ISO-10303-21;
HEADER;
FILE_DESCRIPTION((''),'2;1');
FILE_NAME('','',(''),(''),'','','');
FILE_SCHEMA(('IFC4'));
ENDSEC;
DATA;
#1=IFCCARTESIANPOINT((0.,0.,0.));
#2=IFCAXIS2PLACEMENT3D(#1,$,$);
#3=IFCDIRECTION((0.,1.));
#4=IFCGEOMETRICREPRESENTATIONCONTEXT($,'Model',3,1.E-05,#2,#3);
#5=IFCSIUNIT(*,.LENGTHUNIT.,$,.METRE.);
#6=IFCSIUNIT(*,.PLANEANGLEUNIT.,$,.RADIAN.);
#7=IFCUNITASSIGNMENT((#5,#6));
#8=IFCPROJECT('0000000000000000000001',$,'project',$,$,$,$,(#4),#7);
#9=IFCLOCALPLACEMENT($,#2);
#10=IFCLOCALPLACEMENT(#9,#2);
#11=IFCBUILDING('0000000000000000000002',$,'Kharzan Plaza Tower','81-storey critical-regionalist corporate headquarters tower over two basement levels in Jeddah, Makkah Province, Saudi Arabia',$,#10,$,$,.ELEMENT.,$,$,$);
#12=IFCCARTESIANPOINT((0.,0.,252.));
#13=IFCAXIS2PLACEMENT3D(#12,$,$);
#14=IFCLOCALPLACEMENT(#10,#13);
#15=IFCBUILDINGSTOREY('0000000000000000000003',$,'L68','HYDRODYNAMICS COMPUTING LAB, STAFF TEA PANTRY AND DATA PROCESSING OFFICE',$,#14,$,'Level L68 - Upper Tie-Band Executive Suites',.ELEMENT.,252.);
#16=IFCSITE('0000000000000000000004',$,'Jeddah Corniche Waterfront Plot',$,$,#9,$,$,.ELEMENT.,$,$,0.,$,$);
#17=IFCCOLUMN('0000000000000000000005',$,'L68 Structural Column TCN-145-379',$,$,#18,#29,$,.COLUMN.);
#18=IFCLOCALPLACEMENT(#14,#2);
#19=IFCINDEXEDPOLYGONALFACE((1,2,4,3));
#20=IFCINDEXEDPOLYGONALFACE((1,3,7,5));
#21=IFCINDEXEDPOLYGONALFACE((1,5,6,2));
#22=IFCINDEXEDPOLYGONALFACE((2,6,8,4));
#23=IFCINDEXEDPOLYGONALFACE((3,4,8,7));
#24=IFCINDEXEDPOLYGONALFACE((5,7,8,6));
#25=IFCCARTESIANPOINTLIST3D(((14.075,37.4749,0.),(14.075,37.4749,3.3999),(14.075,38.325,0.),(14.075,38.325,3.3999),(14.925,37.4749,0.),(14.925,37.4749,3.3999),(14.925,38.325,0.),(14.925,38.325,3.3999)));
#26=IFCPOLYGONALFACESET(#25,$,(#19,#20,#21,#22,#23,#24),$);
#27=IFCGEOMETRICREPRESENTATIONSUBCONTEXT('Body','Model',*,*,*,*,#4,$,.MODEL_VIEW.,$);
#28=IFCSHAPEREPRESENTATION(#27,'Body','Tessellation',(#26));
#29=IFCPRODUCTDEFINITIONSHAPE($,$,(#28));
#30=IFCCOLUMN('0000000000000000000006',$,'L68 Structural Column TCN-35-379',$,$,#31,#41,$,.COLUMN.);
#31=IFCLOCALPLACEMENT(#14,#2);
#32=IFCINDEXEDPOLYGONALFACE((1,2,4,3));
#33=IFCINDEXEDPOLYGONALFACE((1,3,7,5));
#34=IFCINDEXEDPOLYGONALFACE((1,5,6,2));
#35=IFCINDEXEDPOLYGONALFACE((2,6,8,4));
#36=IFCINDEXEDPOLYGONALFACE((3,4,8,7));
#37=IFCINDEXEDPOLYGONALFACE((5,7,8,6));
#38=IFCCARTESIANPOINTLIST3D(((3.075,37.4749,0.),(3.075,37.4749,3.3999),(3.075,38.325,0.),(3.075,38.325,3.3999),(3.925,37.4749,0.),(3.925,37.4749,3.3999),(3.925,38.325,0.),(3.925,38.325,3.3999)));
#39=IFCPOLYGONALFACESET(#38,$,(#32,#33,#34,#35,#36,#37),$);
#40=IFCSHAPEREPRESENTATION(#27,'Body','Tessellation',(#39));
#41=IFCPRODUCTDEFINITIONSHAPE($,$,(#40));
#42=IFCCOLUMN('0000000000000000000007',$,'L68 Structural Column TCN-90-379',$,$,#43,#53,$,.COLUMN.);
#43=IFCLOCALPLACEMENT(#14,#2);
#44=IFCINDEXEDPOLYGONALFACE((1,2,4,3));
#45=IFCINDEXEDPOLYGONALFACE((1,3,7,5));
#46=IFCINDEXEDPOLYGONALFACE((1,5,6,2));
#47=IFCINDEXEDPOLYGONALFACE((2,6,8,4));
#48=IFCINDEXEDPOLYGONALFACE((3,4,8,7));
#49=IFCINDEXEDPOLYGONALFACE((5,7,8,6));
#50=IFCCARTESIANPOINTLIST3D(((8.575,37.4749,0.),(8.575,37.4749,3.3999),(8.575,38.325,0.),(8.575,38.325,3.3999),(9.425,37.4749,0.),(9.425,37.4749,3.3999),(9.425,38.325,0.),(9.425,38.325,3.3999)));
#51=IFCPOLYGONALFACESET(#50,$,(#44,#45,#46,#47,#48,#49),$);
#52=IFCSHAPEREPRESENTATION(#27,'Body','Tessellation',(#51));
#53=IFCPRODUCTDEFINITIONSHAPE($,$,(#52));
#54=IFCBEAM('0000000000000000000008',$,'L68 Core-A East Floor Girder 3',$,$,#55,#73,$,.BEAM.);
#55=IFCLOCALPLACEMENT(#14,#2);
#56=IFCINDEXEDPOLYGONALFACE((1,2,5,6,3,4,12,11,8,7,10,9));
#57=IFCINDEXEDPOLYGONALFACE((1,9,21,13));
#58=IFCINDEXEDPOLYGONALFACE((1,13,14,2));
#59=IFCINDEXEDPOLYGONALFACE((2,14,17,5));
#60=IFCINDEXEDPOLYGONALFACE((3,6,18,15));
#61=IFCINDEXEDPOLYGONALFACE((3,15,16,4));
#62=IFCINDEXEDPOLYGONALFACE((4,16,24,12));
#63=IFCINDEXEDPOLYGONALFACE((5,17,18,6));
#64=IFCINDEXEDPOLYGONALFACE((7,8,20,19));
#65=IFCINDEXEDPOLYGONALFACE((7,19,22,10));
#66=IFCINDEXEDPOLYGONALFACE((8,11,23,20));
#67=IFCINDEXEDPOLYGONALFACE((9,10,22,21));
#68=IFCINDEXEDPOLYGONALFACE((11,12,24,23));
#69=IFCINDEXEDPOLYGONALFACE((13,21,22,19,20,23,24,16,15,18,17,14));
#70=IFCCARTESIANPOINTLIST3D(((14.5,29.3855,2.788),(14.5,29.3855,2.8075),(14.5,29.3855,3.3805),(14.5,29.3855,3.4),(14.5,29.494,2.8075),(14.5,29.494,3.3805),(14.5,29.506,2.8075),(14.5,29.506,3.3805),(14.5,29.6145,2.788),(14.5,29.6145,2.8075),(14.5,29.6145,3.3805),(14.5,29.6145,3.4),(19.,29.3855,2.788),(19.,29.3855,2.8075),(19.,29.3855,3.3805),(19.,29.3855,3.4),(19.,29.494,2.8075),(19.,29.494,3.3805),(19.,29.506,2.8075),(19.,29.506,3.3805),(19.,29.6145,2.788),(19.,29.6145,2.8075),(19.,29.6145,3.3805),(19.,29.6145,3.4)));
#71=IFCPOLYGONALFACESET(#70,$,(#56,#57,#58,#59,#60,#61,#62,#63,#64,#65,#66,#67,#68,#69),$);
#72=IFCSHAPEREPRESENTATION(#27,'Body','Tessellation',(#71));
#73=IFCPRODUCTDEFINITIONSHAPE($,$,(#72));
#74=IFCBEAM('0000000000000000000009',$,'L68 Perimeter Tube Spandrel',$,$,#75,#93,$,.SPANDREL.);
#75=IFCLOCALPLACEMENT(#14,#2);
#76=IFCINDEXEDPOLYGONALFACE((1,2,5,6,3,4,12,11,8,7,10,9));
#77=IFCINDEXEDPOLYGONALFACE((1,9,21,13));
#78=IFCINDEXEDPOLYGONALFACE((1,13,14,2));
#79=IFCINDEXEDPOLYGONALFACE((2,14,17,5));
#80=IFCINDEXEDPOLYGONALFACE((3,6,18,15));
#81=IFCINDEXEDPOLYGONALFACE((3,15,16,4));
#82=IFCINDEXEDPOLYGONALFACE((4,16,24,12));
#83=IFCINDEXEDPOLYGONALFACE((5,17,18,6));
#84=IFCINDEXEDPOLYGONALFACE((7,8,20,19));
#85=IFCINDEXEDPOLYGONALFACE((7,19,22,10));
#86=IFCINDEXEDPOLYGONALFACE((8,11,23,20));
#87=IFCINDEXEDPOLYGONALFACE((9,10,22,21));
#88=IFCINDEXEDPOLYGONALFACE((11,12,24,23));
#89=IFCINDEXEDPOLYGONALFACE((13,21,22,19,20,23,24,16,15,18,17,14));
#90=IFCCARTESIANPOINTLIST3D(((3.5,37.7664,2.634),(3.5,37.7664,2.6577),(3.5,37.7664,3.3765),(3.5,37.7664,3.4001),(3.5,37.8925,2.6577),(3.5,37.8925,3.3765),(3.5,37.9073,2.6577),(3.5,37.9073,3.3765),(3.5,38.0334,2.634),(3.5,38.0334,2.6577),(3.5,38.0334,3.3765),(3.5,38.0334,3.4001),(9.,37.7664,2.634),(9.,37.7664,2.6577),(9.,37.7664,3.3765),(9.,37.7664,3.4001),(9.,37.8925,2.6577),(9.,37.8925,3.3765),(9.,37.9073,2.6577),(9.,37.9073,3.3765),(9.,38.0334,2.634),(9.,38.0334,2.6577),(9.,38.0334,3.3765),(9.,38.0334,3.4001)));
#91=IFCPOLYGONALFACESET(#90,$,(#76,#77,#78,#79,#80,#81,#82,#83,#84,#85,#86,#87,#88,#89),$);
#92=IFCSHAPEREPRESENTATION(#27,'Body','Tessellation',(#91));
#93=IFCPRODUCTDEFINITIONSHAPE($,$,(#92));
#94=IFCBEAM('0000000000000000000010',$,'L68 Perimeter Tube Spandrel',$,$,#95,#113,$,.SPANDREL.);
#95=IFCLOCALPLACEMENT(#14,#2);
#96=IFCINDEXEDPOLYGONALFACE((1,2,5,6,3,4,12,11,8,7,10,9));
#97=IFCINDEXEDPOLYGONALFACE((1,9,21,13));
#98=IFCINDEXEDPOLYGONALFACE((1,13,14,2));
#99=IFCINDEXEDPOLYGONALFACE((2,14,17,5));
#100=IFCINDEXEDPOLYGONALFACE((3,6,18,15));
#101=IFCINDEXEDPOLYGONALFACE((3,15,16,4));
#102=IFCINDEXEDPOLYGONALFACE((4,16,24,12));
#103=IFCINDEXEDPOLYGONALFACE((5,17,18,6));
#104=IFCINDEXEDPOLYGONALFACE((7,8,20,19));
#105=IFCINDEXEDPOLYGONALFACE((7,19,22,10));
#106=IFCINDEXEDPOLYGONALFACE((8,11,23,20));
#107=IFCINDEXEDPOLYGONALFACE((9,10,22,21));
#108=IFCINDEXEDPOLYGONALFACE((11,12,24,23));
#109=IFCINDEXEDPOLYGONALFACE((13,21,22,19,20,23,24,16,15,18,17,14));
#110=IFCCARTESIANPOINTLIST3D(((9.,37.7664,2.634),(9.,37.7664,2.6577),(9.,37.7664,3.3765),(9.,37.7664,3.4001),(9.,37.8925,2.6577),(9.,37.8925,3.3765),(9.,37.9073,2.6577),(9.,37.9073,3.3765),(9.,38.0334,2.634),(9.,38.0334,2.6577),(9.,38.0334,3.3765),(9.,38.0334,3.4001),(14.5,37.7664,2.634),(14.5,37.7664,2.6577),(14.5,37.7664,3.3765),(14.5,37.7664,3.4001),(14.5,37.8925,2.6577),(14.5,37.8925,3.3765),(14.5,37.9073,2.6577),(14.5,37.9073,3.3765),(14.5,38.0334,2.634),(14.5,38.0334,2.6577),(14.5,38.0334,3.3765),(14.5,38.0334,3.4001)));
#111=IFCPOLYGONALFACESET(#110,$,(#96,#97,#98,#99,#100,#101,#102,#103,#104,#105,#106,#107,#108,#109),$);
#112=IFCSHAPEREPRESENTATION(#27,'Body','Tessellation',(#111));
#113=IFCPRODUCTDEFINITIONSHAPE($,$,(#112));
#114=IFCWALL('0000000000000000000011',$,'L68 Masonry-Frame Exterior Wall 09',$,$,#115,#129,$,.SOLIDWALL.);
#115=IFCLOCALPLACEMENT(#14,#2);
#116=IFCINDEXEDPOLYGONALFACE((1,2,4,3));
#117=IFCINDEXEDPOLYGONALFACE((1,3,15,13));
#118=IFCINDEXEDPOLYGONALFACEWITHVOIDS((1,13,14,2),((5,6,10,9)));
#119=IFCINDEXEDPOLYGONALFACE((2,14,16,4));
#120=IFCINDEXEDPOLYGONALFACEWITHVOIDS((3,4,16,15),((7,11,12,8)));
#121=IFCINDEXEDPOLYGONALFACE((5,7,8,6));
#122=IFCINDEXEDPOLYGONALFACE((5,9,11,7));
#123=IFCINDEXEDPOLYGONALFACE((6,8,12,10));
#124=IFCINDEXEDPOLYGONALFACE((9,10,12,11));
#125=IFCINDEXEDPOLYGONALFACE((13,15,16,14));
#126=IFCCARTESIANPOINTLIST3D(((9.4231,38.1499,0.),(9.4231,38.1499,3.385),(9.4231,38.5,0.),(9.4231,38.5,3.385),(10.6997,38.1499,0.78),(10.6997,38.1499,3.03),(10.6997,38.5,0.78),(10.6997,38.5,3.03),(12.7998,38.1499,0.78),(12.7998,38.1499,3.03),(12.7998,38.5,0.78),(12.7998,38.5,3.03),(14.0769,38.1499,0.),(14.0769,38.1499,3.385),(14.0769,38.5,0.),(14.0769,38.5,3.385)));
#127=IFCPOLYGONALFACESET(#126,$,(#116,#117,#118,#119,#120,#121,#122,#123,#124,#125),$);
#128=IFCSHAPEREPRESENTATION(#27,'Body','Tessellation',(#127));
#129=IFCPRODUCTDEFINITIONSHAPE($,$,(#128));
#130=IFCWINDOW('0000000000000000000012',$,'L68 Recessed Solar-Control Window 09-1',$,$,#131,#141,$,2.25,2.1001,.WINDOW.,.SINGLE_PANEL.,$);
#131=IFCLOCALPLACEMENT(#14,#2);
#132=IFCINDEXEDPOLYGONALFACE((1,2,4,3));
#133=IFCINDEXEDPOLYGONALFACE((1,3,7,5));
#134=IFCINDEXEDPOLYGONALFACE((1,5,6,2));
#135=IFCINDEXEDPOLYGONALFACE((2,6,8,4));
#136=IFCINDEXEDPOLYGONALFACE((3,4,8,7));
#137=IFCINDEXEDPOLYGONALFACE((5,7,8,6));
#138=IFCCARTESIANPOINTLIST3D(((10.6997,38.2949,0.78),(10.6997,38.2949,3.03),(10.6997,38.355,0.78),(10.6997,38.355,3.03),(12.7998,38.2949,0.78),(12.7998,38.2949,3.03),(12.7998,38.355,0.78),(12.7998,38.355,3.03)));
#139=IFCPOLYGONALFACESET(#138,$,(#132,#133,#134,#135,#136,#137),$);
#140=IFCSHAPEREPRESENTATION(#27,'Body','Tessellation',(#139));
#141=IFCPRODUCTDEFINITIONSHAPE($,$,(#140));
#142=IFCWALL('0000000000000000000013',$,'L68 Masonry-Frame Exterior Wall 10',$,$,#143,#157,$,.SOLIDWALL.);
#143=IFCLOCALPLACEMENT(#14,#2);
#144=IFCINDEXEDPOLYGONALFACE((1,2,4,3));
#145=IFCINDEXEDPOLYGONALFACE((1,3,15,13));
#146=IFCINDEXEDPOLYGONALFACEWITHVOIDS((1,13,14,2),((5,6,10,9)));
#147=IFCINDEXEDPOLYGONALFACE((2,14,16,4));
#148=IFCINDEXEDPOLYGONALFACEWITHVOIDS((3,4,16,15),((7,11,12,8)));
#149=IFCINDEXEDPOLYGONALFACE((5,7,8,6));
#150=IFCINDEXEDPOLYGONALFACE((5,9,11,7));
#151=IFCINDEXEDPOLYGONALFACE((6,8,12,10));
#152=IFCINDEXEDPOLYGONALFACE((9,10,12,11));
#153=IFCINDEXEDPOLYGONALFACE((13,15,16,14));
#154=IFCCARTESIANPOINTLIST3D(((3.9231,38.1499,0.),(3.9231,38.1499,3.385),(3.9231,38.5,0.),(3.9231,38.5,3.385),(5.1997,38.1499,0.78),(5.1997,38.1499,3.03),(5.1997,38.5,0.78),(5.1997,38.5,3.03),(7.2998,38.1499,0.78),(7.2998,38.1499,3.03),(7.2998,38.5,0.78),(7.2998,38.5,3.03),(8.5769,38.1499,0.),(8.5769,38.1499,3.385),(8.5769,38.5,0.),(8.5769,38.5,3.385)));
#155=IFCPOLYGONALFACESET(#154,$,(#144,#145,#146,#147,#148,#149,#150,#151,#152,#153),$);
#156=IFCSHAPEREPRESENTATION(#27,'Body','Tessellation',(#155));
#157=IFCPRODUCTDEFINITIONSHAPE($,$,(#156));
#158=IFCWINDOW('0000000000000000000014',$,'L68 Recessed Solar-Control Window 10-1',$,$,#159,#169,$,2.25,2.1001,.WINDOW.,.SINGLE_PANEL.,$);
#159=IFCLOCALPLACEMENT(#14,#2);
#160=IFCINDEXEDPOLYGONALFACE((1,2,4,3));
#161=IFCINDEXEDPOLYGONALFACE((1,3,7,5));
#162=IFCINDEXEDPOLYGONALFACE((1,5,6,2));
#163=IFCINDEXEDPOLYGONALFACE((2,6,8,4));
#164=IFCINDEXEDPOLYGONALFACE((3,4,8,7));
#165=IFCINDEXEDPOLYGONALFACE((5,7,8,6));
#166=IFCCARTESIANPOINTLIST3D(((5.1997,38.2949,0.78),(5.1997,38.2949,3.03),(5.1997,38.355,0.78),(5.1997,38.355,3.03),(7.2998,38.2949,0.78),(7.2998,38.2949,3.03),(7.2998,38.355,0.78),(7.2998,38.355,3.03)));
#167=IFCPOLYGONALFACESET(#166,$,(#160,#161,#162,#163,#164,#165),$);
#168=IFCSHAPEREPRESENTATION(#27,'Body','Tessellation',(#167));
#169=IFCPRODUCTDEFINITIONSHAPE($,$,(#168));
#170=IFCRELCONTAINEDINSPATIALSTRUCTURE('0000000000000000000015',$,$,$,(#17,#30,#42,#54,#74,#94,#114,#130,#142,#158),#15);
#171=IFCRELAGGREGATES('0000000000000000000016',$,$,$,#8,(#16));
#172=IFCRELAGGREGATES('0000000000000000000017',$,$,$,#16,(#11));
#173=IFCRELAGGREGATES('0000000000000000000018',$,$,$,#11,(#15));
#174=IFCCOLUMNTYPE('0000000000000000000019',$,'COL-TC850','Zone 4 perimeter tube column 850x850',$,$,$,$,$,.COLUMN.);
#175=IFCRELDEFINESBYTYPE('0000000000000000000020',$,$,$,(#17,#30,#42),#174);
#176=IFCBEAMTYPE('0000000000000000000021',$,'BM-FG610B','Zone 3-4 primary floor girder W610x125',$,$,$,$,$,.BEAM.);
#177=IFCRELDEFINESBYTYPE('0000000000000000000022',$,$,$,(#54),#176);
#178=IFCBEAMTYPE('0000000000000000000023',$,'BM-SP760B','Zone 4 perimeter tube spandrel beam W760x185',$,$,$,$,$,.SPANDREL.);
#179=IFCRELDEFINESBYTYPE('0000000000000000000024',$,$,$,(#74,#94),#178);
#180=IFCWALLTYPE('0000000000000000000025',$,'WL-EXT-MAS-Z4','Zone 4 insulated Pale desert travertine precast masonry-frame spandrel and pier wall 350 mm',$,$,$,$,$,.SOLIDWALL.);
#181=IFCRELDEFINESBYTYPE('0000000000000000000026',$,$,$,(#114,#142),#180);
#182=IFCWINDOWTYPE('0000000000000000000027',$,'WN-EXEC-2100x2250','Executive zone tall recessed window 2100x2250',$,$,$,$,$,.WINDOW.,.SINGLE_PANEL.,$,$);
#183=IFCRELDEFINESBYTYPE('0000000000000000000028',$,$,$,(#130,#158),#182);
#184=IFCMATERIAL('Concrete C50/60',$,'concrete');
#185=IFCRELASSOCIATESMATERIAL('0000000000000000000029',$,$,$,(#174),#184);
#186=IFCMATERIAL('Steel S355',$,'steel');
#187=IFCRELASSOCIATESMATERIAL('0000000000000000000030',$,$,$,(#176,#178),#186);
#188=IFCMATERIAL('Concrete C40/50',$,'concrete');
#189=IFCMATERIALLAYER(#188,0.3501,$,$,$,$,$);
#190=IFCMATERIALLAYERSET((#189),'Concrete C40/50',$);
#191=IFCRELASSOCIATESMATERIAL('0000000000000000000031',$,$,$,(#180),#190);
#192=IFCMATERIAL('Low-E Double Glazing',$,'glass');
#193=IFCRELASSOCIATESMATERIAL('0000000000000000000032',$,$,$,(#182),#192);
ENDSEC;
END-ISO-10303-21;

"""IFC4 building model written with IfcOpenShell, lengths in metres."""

from ifc_helpers import new_model, si_unit, direction, frame, frame_2d, origin, origin_2d, place, context, subcontext, project, spatial, rectangle, i_section, extrude, source, transform, mapped, material, layer, layer_set, material_profile, profile_set, type_object, element, fill, save


model = new_model("IFC4")

# Units and contexts
model_context = context("Model", 3, precision=1e-05, world=origin(), true_north=direction((0.0, 1.0)))
body_context = subcontext(model_context, "Body", "Model", "MODEL_VIEW")
ifc_project = project(units=[si_unit("LENGTHUNIT", "METRE"), si_unit("PLANEANGLEUNIT", "RADIAN")], contexts=[model_context])

# Site, building, storey
site_placement = place(None, origin())
site = spatial("IfcSite", under=ifc_project, at=site_placement, Name="Jeddah Corniche Waterfront Plot", CompositionType="ELEMENT", RefElevation=0.0)
building_placement = place(site_placement, origin())
building = spatial("IfcBuilding", under=site, at=building_placement, Name="Kharzan Plaza Tower", Description="81-storey critical-regionalist corporate headquarters tower over two basement levels in Jeddah, Makkah Province, Saudi Arabia", CompositionType="ELEMENT")
storey_placement = place(building_placement, frame((0.0, 0.0, 252.0)))
storey = spatial("IfcBuildingStorey", under=building, at=storey_placement, Name="L68", Description="HYDRODYNAMICS COMPUTING LAB, STAFF TEA PANTRY AND DATA PROCESSING OFFICE", LongName="Level L68 - Upper Tie-Band Executive Suites", CompositionType="ELEMENT", Elevation=252.0)

# Columns
ifc_material_1 = material(Name="Concrete C50/60", Category="concrete")
ifc_material_profile_1 = material_profile(ifc_material_1, rectangle(XDim=0.8501, YDim=0.8501, at=origin_2d()), Name="RC-TC850x850")
ifc_profile_set_1 = profile_set([ifc_material_profile_1], Name="Concrete C50/60")
column_type = type_object("IfcColumnType", Name="COL-TC850", Description="Zone 4 perimeter tube column 850x850", PredefinedType="COLUMN", material=ifc_profile_set_1)
shared_shape_1 = source(origin(), body_context, "Body", "SweptSolid", [
    extrude(rectangle(XDim=0.8501, YDim=0.8501, at=origin_2d()), origin(), (0.0, 0.0, 1.0), 3.3999),
])
for number, where, z_axis, x_axis, name in (
    (1, (14.5, 37.8999, 0.0), (0.0, 0.0, 1.0), (1.0, 0.0, 0.0), "L68 Structural Column TCN-145-379"),
    (2, (3.5, 37.8999, 0.0), (0.0, 0.0, 1.0), (1.0, 0.0, 0.0), "L68 Structural Column TCN-35-379"),
    (3, (9.0, 37.8999, 0.0), (0.0, 0.0, 1.0), (1.0, 0.0, 0.0), "L68 Structural Column TCN-90-379"),
):
    element("IfcColumn", number, at=place(storey_placement, frame(where, z_axis=z_axis, x_axis=x_axis)), inside=storey, type_object=column_type, Name=name, PredefinedType="COLUMN", context=body_context, shape_type="MappedRepresentation", body=[
        mapped(shared_shape_1, transform((0.0, 0.0, 0.0), x_axis=(1.0, 0.0, 0.0), y_axis=(0.0, 1.0, 0.0), z_axis=(0.0, 0.0, 1.0))),
    ])

# Beams
ifc_material_2 = material(Name="Steel S355", Category="steel")
ifc_material_profile_2 = material_profile(ifc_material_2, i_section(OverallWidth=0.229, OverallDepth=0.6121, WebThickness=0.012, FlangeThickness=0.0195, at=origin_2d()), Name="W610x125")
ifc_profile_set_2 = profile_set([ifc_material_profile_2], Name="Steel S355")
beam_type_1 = type_object("IfcBeamType", Name="BM-FG610B", Description="Zone 3-4 primary floor girder W610x125", PredefinedType="BEAM", material=ifc_profile_set_2)
shared_shape_2 = source(origin(), body_context, "Body", "SweptSolid", [
    extrude(i_section(OverallWidth=0.229, OverallDepth=0.6121, WebThickness=0.012, FlangeThickness=0.0195, at=origin_2d()), origin(), (0.0, 0.0, 1.0), 4.5),
])
beam_placement = place(storey_placement, frame((14.5, 29.5, 3.094), z_axis=(1.0, 0.0, 0.0), x_axis=(0.0, 1.0, 0.0)))
element("IfcBeam", 4, at=beam_placement, inside=storey, type_object=beam_type_1, Name="L68 Core-A East Floor Girder 3", PredefinedType="BEAM", context=body_context, shape_type="MappedRepresentation", body=[
    mapped(shared_shape_2, transform((0.0, 0.0, 0.0), x_axis=(1.0, 0.0, 0.0), y_axis=(0.0, 1.0, 0.0), z_axis=(0.0, 0.0, 1.0))),
])
ifc_material_profile_3 = material_profile(ifc_material_2, i_section(OverallWidth=0.2671, OverallDepth=0.7661, WebThickness=0.0149, FlangeThickness=0.0237, at=origin_2d()), Name="W760x185")
ifc_profile_set_3 = profile_set([ifc_material_profile_3], Name="Steel S355")
beam_type_2 = type_object("IfcBeamType", Name="BM-SP760B", Description="Zone 4 perimeter tube spandrel beam W760x185", PredefinedType="SPANDREL", material=ifc_profile_set_3)
shared_shape_3 = source(origin(), body_context, "Body", "SweptSolid", [
    extrude(i_section(OverallWidth=0.2671, OverallDepth=0.7661, WebThickness=0.0149, FlangeThickness=0.0237, at=origin_2d()), origin(), (0.0, 0.0, 1.0), 5.5),
])
for number, where, z_axis, x_axis, name in (
    (5, (3.5, 37.8999, 3.0171), (1.0, 0.0, 0.0), (0.0, 1.0, 0.0), "L68 Perimeter Tube Spandrel"),
    (6, (9.0, 37.8999, 3.0171), (1.0, 0.0, 0.0), (0.0, 1.0, 0.0), "L68 Perimeter Tube Spandrel"),
):
    element("IfcBeam", number, at=place(storey_placement, frame(where, z_axis=z_axis, x_axis=x_axis)), inside=storey, type_object=beam_type_2, Name=name, PredefinedType="SPANDREL", context=body_context, shape_type="MappedRepresentation", body=[
        mapped(shared_shape_3, transform((0.0, 0.0, 0.0), x_axis=(1.0, 0.0, 0.0), y_axis=(0.0, 1.0, 0.0), z_axis=(0.0, 0.0, 1.0))),
    ])

# Walls, openings, windows
ifc_material_3 = material(Name="Concrete C40/50", Category="concrete")
ifc_layer_1 = layer(ifc_material_3, 0.3501)
ifc_layer_set_1 = layer_set([ifc_layer_1], Name="Concrete C40/50")
wall_type_1 = type_object("IfcWallType", Name="WL-EXT-MAS-Z4", Description="Zone 4 insulated Pale desert travertine precast masonry-frame spandrel and pier wall 350 mm", PredefinedType="SOLIDWALL", material=ifc_layer_set_1)
wall_1_placement = place(storey_placement, frame((14.0769, 38.325, 0.0), z_axis=(0.0, 0.0, 1.0), x_axis=(-1.0, 0.0, 0.0)))
wall_1 = element("IfcWall", 7, at=wall_1_placement, inside=storey, type_object=wall_type_1, Name="L68 Masonry-Frame Exterior Wall 09", PredefinedType="SOLIDWALL", context=body_context, shape_type="SweptSolid", body=[
    extrude(rectangle(XDim=4.6538, YDim=0.3501, at=frame_2d((2.3269, 0.0))), origin(), (0.0, 0.0, 1.0), 3.385),
])
opening_1_placement = place(wall_1_placement, frame((1.2771, 0.0, 0.78)))
opening_1 = element("IfcOpeningElement", 8, at=opening_1_placement, cuts=wall_1, PredefinedType="OPENING", context=body_context, shape_type="SweptSolid", body=[
    extrude(rectangle(XDim=2.1001, YDim=2.25, at=frame_2d((1.05, 1.125))), frame((0.0, 0.1851, 0.0), z_axis=(0.0, -1.0, 0.0), x_axis=(1.0, 0.0, 0.0)), (0.0, 0.0, 1.0), 0.3701),
])
ifc_material_4 = material(Name="Low-E Double Glazing", Category="glass")
window_type_1 = type_object("IfcWindowType", Name="WN-EXEC-2100x2250", Description="Executive zone tall recessed window 2100x2250", PartitioningType="SINGLE_PANEL", PredefinedType="WINDOW", material=ifc_material_4)
shared_shape_4 = source(origin(), body_context, "Body", "SweptSolid", [
    extrude(rectangle(XDim=2.1001, YDim=2.25, at=frame_2d((1.05, 1.125))), frame((0.0, 0.03, 0.0), z_axis=(0.0, -1.0, 0.0), x_axis=(1.0, 0.0, 0.0)), (0.0, 0.0, 1.0), 0.0601),
])
window_1_placement = place(opening_1_placement, origin())
window_1 = element("IfcWindow", 9, at=window_1_placement, inside=storey, type_object=window_type_1, Name="L68 Recessed Solar-Control Window 09-1", OverallHeight=2.25, OverallWidth=2.1001, PartitioningType="SINGLE_PANEL", PredefinedType="WINDOW", context=body_context, shape_type="MappedRepresentation", body=[
    mapped(shared_shape_4, transform((0.0, 0.0, 0.0), x_axis=(1.0, 0.0, 0.0), y_axis=(0.0, 1.0, 0.0), z_axis=(0.0, 0.0, 1.0))),
])
fill(opening_1, window_1)
wall_2_placement = place(storey_placement, frame((8.5769, 38.325, 0.0), z_axis=(0.0, 0.0, 1.0), x_axis=(-1.0, 0.0, 0.0)))
wall_2 = element("IfcWall", 10, at=wall_2_placement, inside=storey, type_object=wall_type_1, Name="L68 Masonry-Frame Exterior Wall 10", PredefinedType="SOLIDWALL", context=body_context, shape_type="SweptSolid", body=[
    extrude(rectangle(XDim=4.6538, YDim=0.3501, at=frame_2d((2.3269, 0.0))), origin(), (0.0, 0.0, 1.0), 3.385),
])
opening_2_placement = place(wall_2_placement, frame((1.2771, 0.0, 0.78)))
opening_2 = element("IfcOpeningElement", 11, at=opening_2_placement, cuts=wall_2, PredefinedType="OPENING", context=body_context, shape_type="SweptSolid", body=[
    extrude(rectangle(XDim=2.1001, YDim=2.25, at=frame_2d((1.05, 1.125))), frame((0.0, 0.1851, 0.0), z_axis=(0.0, -1.0, 0.0), x_axis=(1.0, 0.0, 0.0)), (0.0, 0.0, 1.0), 0.3701),
])
window_2_placement = place(opening_2_placement, origin())
window_2 = element("IfcWindow", 12, at=window_2_placement, inside=storey, type_object=window_type_1, Name="L68 Recessed Solar-Control Window 10-1", OverallHeight=2.25, OverallWidth=2.1001, PartitioningType="SINGLE_PANEL", PredefinedType="WINDOW", context=body_context, shape_type="MappedRepresentation", body=[
    mapped(shared_shape_4, transform((0.0, 0.0, 0.0), x_axis=(1.0, 0.0, 0.0), y_axis=(0.0, 1.0, 0.0), z_axis=(0.0, 0.0, 1.0))),
])
fill(opening_2, window_2)

save(model, "model.ifc")
